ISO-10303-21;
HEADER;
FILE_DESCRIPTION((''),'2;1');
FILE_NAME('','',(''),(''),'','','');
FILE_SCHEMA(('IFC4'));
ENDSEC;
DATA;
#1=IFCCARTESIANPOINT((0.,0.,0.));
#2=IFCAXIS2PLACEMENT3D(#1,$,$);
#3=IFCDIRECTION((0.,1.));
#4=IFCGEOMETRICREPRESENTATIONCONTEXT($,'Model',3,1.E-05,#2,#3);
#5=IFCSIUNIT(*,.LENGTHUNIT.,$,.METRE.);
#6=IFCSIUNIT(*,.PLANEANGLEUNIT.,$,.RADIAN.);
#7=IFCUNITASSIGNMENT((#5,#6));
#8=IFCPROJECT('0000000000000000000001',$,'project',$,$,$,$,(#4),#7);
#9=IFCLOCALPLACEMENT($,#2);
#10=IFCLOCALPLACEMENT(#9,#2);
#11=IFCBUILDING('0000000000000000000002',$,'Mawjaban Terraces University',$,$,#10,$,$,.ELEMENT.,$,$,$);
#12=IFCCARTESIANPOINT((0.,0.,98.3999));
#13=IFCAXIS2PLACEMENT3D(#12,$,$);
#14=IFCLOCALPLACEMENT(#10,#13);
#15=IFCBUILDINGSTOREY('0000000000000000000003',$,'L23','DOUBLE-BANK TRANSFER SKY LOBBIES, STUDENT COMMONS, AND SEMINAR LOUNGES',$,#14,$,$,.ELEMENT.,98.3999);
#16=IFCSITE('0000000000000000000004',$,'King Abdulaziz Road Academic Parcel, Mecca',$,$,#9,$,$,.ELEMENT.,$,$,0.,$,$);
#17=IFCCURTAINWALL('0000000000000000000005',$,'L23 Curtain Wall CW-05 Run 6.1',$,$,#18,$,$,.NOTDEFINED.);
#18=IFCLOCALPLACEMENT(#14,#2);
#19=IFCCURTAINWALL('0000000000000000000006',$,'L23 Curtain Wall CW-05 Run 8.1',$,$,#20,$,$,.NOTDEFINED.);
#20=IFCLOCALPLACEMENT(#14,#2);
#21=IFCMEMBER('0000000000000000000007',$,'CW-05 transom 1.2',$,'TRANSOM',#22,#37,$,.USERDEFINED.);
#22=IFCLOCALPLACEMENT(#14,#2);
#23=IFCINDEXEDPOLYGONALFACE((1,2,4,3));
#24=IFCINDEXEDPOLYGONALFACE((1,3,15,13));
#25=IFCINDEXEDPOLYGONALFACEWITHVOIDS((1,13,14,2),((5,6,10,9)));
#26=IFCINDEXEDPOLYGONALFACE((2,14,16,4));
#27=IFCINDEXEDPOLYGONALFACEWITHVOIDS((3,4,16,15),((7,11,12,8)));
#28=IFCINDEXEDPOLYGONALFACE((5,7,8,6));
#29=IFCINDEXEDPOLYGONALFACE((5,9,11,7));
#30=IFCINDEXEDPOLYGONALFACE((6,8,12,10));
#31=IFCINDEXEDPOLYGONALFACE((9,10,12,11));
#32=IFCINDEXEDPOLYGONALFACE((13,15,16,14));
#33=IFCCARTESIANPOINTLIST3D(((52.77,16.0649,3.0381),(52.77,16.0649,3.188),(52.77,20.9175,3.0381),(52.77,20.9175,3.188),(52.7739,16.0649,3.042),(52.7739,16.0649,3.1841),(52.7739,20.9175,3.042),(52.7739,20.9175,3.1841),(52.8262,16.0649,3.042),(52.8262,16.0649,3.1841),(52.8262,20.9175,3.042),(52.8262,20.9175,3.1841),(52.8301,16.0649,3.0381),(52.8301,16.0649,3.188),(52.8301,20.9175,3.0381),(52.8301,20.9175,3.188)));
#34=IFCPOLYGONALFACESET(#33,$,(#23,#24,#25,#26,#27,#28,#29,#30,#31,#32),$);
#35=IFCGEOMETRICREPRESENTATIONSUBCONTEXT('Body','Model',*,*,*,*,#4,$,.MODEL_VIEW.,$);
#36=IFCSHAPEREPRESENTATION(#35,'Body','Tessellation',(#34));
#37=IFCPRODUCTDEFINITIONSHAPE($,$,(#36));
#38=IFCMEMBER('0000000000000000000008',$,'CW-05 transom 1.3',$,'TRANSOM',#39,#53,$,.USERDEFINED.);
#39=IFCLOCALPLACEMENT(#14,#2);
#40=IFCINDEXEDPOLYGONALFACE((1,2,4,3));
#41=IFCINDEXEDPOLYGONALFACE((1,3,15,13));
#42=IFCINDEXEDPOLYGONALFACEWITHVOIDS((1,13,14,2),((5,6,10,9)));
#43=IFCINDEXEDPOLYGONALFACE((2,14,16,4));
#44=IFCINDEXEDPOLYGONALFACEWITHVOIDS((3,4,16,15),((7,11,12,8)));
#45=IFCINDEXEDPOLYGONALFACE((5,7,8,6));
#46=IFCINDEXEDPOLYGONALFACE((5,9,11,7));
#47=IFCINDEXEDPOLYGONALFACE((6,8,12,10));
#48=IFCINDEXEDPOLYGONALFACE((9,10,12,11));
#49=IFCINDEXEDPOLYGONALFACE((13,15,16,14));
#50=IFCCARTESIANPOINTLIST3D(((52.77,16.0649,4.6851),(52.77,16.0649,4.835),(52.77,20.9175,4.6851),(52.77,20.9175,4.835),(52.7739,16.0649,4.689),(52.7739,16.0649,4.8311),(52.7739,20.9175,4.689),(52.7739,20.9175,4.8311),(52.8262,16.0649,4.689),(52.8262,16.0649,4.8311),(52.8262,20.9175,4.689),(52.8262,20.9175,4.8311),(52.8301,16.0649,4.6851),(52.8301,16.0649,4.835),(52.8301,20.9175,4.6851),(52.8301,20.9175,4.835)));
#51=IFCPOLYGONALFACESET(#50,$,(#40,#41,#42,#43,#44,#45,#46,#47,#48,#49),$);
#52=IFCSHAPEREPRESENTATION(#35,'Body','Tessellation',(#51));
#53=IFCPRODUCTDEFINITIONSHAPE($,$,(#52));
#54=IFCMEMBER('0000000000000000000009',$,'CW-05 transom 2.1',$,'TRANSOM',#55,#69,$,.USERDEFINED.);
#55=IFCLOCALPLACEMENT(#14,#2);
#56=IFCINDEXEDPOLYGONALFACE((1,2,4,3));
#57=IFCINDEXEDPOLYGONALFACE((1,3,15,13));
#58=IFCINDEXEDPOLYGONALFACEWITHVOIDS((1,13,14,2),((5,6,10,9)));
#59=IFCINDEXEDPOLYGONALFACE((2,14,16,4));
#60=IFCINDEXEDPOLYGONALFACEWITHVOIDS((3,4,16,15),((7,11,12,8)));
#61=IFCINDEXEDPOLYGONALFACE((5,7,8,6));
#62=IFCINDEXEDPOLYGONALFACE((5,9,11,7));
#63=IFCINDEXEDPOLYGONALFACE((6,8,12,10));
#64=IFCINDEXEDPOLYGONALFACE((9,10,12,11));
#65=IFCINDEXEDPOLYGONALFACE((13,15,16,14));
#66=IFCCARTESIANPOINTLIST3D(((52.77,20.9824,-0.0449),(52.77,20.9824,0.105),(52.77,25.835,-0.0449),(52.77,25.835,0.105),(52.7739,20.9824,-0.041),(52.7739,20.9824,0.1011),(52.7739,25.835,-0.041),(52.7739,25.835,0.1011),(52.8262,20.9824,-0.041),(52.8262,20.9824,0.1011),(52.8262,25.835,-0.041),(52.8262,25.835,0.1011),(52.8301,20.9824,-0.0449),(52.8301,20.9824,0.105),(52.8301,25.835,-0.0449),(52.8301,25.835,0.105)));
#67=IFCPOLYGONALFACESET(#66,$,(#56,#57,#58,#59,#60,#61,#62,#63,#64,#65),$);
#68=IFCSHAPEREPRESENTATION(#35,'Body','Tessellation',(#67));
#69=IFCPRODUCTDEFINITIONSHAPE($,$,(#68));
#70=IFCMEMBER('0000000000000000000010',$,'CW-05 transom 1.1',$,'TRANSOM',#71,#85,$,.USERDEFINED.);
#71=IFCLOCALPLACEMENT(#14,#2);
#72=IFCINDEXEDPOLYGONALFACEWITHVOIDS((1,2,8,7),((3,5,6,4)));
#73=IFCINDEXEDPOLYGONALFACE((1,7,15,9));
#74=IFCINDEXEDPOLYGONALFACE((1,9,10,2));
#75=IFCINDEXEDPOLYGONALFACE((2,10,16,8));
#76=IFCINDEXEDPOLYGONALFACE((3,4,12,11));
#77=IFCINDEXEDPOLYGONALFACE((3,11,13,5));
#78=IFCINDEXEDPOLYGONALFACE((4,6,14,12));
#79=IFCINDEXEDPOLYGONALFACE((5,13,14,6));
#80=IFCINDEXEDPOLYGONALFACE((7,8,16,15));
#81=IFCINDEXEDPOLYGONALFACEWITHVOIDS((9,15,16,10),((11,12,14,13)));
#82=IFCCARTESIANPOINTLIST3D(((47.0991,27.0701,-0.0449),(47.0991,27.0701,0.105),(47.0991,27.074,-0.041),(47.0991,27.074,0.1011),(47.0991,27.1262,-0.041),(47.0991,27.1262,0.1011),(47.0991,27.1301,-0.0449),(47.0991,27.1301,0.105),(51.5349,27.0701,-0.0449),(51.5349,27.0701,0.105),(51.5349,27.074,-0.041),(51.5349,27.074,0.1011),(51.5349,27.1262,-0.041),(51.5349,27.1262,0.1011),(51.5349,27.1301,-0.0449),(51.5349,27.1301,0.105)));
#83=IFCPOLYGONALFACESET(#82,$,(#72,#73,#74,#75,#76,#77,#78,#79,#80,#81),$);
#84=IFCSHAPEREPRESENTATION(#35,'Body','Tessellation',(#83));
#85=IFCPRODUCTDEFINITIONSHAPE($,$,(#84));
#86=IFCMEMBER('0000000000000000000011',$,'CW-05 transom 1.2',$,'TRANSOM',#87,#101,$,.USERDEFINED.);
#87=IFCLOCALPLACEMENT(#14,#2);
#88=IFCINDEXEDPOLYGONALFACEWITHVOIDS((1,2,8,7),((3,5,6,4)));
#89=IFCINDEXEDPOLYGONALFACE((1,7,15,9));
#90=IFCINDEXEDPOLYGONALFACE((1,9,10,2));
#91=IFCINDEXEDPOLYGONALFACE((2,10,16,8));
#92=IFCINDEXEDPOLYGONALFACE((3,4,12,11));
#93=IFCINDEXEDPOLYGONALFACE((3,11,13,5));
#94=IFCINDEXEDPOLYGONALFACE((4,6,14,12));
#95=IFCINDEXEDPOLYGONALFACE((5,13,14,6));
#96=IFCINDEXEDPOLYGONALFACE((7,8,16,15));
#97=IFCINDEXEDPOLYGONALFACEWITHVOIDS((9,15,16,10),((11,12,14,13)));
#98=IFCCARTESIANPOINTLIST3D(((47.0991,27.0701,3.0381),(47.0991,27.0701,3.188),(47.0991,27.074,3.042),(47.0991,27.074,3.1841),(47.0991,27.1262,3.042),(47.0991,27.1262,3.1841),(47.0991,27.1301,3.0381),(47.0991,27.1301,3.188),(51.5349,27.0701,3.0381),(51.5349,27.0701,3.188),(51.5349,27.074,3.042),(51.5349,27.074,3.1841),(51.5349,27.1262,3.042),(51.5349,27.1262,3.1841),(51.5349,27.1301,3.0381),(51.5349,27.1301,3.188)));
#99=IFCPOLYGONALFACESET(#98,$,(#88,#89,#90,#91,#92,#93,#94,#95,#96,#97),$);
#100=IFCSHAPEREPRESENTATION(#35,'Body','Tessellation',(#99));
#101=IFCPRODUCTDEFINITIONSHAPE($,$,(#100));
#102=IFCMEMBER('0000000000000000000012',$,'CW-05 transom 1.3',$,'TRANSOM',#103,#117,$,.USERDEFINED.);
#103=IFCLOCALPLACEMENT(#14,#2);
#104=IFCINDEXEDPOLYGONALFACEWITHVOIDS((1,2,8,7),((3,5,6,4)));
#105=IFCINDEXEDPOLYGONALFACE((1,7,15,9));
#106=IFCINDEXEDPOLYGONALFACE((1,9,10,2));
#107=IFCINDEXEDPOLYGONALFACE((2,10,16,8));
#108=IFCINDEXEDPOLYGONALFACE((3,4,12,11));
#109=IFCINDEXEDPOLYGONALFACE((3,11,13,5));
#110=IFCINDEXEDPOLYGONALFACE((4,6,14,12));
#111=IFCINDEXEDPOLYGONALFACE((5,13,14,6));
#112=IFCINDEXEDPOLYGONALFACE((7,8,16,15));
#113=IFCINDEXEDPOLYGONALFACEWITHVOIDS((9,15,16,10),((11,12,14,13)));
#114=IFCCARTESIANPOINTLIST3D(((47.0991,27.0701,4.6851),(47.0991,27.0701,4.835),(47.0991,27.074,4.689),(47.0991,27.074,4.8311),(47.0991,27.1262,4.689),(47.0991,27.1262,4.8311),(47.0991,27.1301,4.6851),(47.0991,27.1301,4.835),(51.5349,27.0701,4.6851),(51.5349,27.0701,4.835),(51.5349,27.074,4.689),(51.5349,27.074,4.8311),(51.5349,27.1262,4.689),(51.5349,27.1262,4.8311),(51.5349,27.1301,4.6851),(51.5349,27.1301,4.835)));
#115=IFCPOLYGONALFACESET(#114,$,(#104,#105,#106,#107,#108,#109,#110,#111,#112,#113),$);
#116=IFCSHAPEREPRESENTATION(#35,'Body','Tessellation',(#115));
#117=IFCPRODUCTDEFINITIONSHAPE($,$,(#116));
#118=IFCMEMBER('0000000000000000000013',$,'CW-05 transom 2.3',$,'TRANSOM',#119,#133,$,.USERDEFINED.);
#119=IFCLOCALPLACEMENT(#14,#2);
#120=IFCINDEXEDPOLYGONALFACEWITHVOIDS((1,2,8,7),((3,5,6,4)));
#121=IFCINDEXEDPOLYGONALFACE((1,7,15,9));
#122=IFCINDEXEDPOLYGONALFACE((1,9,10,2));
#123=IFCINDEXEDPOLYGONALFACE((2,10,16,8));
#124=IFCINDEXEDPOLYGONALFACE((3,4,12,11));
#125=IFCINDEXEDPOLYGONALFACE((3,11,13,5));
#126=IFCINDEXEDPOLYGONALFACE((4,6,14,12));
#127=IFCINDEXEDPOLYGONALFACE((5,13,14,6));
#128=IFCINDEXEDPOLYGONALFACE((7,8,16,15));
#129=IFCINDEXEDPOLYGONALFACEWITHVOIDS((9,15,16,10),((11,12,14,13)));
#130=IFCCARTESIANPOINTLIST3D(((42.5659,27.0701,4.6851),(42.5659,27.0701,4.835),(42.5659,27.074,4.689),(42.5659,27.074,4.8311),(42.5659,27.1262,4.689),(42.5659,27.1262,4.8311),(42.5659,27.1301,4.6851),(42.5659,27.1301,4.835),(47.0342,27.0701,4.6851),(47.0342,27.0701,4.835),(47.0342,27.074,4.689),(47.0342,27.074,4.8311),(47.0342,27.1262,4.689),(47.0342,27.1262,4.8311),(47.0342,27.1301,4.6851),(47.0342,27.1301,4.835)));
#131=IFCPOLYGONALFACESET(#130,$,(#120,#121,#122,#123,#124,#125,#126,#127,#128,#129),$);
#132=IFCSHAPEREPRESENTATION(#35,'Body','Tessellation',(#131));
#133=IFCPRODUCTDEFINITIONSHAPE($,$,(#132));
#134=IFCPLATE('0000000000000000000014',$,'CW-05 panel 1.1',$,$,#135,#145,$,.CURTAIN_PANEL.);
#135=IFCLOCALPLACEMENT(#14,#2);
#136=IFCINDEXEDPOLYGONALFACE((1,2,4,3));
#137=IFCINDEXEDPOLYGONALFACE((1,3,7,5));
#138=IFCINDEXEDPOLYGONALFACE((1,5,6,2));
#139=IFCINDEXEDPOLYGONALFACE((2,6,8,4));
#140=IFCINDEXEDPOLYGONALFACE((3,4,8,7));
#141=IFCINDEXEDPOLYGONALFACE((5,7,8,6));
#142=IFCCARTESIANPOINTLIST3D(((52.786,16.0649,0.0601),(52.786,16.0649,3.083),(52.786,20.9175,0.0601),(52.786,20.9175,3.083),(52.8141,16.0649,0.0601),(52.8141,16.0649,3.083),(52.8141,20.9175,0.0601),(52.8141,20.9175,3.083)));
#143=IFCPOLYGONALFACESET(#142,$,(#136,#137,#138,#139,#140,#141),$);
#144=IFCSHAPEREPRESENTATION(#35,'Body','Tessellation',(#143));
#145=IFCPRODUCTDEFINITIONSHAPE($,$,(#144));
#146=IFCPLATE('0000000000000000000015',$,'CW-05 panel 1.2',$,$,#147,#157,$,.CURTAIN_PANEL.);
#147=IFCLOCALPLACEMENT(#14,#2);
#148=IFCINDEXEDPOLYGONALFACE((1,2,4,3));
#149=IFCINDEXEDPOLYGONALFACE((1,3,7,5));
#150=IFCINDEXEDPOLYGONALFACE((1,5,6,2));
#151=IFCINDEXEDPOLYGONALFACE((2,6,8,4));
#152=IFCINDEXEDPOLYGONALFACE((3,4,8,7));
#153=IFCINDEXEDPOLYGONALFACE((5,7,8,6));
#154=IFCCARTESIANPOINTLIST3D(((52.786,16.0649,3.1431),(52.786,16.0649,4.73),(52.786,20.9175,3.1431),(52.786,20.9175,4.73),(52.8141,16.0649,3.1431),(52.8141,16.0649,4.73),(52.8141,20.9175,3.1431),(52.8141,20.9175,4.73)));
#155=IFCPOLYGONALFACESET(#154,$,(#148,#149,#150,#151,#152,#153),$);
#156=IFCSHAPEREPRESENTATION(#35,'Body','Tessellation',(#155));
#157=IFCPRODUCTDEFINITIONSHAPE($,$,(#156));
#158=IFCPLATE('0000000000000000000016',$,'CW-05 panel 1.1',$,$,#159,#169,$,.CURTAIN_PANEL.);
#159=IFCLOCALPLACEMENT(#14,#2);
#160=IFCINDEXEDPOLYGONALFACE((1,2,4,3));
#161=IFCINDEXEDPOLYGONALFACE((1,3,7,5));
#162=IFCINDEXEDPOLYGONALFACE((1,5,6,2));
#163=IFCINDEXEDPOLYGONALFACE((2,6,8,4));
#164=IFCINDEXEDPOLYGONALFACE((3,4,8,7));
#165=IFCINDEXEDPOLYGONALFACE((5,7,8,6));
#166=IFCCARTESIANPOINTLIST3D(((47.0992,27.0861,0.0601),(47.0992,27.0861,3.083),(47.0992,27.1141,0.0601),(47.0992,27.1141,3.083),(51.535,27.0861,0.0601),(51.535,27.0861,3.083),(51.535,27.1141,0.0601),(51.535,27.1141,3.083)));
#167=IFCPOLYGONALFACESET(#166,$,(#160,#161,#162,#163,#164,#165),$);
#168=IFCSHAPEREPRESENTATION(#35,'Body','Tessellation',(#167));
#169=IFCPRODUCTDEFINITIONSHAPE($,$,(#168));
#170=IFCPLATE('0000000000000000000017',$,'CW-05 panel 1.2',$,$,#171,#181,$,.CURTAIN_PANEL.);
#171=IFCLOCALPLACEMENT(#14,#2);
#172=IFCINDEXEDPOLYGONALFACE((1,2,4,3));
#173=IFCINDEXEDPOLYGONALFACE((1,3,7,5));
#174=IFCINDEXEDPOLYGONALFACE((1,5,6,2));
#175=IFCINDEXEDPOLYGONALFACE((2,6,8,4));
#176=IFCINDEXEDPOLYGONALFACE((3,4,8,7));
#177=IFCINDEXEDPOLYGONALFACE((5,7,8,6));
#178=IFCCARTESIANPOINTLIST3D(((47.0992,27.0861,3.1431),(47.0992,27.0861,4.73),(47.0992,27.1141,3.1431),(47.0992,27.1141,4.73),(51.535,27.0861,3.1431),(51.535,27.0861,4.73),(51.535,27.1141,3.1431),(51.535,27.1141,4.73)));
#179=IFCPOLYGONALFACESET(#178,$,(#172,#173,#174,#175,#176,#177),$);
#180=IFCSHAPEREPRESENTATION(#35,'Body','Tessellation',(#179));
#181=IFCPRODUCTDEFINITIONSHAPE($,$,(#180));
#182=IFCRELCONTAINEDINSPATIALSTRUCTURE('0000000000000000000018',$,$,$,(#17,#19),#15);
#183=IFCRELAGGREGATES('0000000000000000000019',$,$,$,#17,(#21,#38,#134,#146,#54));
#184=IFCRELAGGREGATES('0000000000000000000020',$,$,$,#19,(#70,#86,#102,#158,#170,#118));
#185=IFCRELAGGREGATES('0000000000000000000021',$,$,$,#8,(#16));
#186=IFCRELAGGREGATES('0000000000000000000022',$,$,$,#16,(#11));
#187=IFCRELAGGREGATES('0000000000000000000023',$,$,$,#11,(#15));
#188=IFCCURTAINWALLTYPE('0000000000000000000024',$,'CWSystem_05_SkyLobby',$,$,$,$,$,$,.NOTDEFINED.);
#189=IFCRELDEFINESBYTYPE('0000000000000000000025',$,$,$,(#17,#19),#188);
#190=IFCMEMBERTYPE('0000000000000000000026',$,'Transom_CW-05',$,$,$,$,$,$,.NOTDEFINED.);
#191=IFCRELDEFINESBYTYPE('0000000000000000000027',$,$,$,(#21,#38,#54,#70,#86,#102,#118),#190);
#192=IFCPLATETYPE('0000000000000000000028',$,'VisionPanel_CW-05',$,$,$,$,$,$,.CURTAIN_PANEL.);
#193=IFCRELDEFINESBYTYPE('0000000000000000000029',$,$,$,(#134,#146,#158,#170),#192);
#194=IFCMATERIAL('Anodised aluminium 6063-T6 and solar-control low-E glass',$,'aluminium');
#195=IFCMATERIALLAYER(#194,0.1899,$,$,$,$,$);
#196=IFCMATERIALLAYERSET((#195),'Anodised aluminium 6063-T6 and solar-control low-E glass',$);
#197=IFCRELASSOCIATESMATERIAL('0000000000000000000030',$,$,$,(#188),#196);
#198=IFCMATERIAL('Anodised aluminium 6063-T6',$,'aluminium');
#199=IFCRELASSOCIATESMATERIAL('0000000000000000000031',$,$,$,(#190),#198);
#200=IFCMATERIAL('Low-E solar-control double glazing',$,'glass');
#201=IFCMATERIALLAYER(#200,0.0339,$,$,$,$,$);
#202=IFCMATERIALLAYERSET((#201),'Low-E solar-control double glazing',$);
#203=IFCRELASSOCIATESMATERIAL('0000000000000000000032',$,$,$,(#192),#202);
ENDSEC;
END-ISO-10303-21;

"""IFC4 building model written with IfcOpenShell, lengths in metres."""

from ifc_helpers import new_model, si_unit, direction, frame, origin, origin_2d, place, context, subcontext, project, spatial, rectangle, hollow_rectangle, extrude, material, layer, layer_set, material_profile, profile_set, type_object, element, aggregate, save


model = new_model("IFC4")

# Units and contexts
model_context = context("Model", 3, precision=1e-05, world=origin(), true_north=direction((0.0, 1.0)))
body_context = subcontext(model_context, "Body", "Model", "MODEL_VIEW")
ifc_project = project(units=[si_unit("LENGTHUNIT", "METRE"), si_unit("PLANEANGLEUNIT", "RADIAN")], contexts=[model_context])

# Site, building, storey
site_placement = place(None, origin())
site = spatial("IfcSite", under=ifc_project, at=site_placement, Name="King Abdulaziz Road Academic Parcel, Mecca", CompositionType="ELEMENT", RefElevation=0.0)
building_placement = place(site_placement, origin())
building = spatial("IfcBuilding", under=site, at=building_placement, Name="Mawjaban Terraces University", CompositionType="ELEMENT")
storey_placement = place(building_placement, frame((0.0, 0.0, 98.3999)))
storey = spatial("IfcBuildingStorey", under=building, at=storey_placement, Name="L23", Description="DOUBLE-BANK TRANSFER SKY LOBBIES, STUDENT COMMONS, AND SEMINAR LOUNGES", CompositionType="ELEMENT", Elevation=98.3999)

# Curtain walls
ifc_material_1 = material(Name="Anodised aluminium 6063-T6 and solar-control low-E glass", Category="aluminium")
ifc_layer_1 = layer(ifc_material_1, 0.1899)
ifc_layer_set_1 = layer_set([ifc_layer_1], Name="Anodised aluminium 6063-T6 and solar-control low-E glass")
curtain_wall_type = type_object("IfcCurtainWallType", Name="CWSystem_05_SkyLobby", PredefinedType="NOTDEFINED", material=ifc_layer_set_1)
curtain_wall_1_placement = place(storey_placement, origin())
curtain_wall_1 = element("IfcCurtainWall", 1, at=curtain_wall_1_placement, inside=storey, type_object=curtain_wall_type, Name="L23 Curtain Wall CW-05 Run 6.1", PredefinedType="NOTDEFINED")
ifc_material_2 = material(Name="Anodised aluminium 6063-T6", Category="aluminium")
curtain_wall_2_placement = place(storey_placement, origin())
curtain_wall_2 = element("IfcCurtainWall", 2, at=curtain_wall_2_placement, inside=storey, type_object=curtain_wall_type, Name="L23 Curtain Wall CW-05 Run 8.1", PredefinedType="NOTDEFINED")

# Members
ifc_material_profile_1 = material_profile(ifc_material_2, hollow_rectangle(XDim=0.0601, YDim=0.1499, WallThickness=0.0039, at=origin_2d()), Name="ALU150X60X4")
ifc_profile_set_1 = profile_set([ifc_material_profile_1], Name="Anodised aluminium 6063-T6")
member_type_1 = type_object("IfcMemberType", Name="Transom_CW-05", PredefinedType="NOTDEFINED", material=ifc_profile_set_1)
member_1_placement = place(storey_placement, frame((52.8, 16.0649, 3.113), z_axis=(0.0, 1.0, 0.0), x_axis=(-1.0, 0.0, 0.0)))
member_1 = element("IfcMember", 3, at=member_1_placement, type_object=member_type_1, Name="CW-05 transom 1.2", ObjectType="TRANSOM", PredefinedType="USERDEFINED", context=body_context, shape_type="SweptSolid", body=[
    extrude(hollow_rectangle(XDim=0.0601, YDim=0.1499, WallThickness=0.0039, at=origin_2d()), origin(), (0.0, 0.0, 1.0), 4.8525),
])
member_2_placement = place(storey_placement, frame((52.8, 16.0649, 4.76), z_axis=(0.0, 1.0, 0.0), x_axis=(-1.0, 0.0, 0.0)))
member_2 = element("IfcMember", 4, at=member_2_placement, type_object=member_type_1, Name="CW-05 transom 1.3", ObjectType="TRANSOM", PredefinedType="USERDEFINED", context=body_context, shape_type="SweptSolid", body=[
    extrude(hollow_rectangle(XDim=0.0601, YDim=0.1499, WallThickness=0.0039, at=origin_2d()), origin(), (0.0, 0.0, 1.0), 4.8525),
])
member_3_placement = place(storey_placement, frame((52.8, 20.9824, 0.03), z_axis=(0.0, 1.0, 0.0), x_axis=(-1.0, 0.0, 0.0)))
member_3 = element("IfcMember", 5, at=member_3_placement, type_object=member_type_1, Name="CW-05 transom 2.1", ObjectType="TRANSOM", PredefinedType="USERDEFINED", context=body_context, shape_type="SweptSolid", body=[
    extrude(hollow_rectangle(XDim=0.0601, YDim=0.1499, WallThickness=0.0039, at=origin_2d()), origin(), (0.0, 0.0, 1.0), 4.8525),
])
member_4_placement = place(storey_placement, frame((51.5349, 27.1001, 0.03), z_axis=(-1.0, 0.0, 0.0), x_axis=(0.0, -1.0, 0.0)))
member_4 = element("IfcMember", 6, at=member_4_placement, type_object=member_type_1, Name="CW-05 transom 1.1", ObjectType="TRANSOM", PredefinedType="USERDEFINED", context=body_context, shape_type="SweptSolid", body=[
    extrude(hollow_rectangle(XDim=0.0601, YDim=0.1499, WallThickness=0.0039, at=origin_2d()), origin(), (0.0, 0.0, 1.0), 4.4358),
])
member_5_placement = place(storey_placement, frame((51.5349, 27.1001, 3.113), z_axis=(-1.0, 0.0, 0.0), x_axis=(0.0, -1.0, 0.0)))
member_5 = element("IfcMember", 7, at=member_5_placement, type_object=member_type_1, Name="CW-05 transom 1.2", ObjectType="TRANSOM", PredefinedType="USERDEFINED", context=body_context, shape_type="SweptSolid", body=[
    extrude(hollow_rectangle(XDim=0.0601, YDim=0.1499, WallThickness=0.0039, at=origin_2d()), origin(), (0.0, 0.0, 1.0), 4.4358),
])
member_6_placement = place(storey_placement, frame((51.5349, 27.1001, 4.76), z_axis=(-1.0, 0.0, 0.0), x_axis=(0.0, -1.0, 0.0)))
member_6 = element("IfcMember", 8, at=member_6_placement, type_object=member_type_1, Name="CW-05 transom 1.3", ObjectType="TRANSOM", PredefinedType="USERDEFINED", context=body_context, shape_type="SweptSolid", body=[
    extrude(hollow_rectangle(XDim=0.0601, YDim=0.1499, WallThickness=0.0039, at=origin_2d()), origin(), (0.0, 0.0, 1.0), 4.4358),
])
member_7_placement = place(storey_placement, frame((47.0342, 27.1001, 4.76), z_axis=(-1.0, 0.0, 0.0), x_axis=(0.0, -1.0, 0.0)))
member_7 = element("IfcMember", 9, at=member_7_placement, type_object=member_type_1, Name="CW-05 transom 2.3", ObjectType="TRANSOM", PredefinedType="USERDEFINED", context=body_context, shape_type="SweptSolid", body=[
    extrude(hollow_rectangle(XDim=0.0601, YDim=0.1499, WallThickness=0.0039, at=origin_2d()), origin(), (0.0, 0.0, 1.0), 4.4683),
])

# Plates
ifc_material_3 = material(Name="Low-E solar-control double glazing", Category="glass")
ifc_layer_2 = layer(ifc_material_3, 0.0339)
ifc_layer_set_2 = layer_set([ifc_layer_2], Name="Low-E solar-control double glazing")
plate_type = type_object("IfcPlateType", Name="VisionPanel_CW-05", PredefinedType="CURTAIN_PANEL", material=ifc_layer_set_2)
plate_1_placement = place(storey_placement, frame((52.8, 18.4912, 0.0601), z_axis=(0.0, 0.0, 1.0), x_axis=(0.0, 1.0, 0.0)))
plate_1 = element("IfcPlate", 10, at=plate_1_placement, type_object=plate_type, Name="CW-05 panel 1.1", PredefinedType="CURTAIN_PANEL", context=body_context, shape_type="SweptSolid", body=[
    extrude(rectangle(XDim=4.8525, YDim=0.0281, at=origin_2d()), origin(), (0.0, 0.0, 1.0), 3.0229),
])
plate_2_placement = place(storey_placement, frame((52.8, 18.4912, 3.1431), z_axis=(0.0, 0.0, 1.0), x_axis=(0.0, 1.0, 0.0)))
plate_2 = element("IfcPlate", 11, at=plate_2_placement, type_object=plate_type, Name="CW-05 panel 1.2", PredefinedType="CURTAIN_PANEL", context=body_context, shape_type="SweptSolid", body=[
    extrude(rectangle(XDim=4.8525, YDim=0.0281, at=origin_2d()), origin(), (0.0, 0.0, 1.0), 1.5869),
])
aggregate(curtain_wall_1, [member_1, member_2, plate_1, plate_2, member_3])
plate_3_placement = place(storey_placement, frame((49.3171, 27.1001, 0.0601), z_axis=(0.0, 0.0, 1.0), x_axis=(-1.0, 0.0, 0.0)))
plate_3 = element("IfcPlate", 12, at=plate_3_placement, type_object=plate_type, Name="CW-05 panel 1.1", PredefinedType="CURTAIN_PANEL", context=body_context, shape_type="SweptSolid", body=[
    extrude(rectangle(XDim=4.4358, YDim=0.0281, at=origin_2d()), origin(), (0.0, 0.0, 1.0), 3.0229),
])
plate_4_placement = place(storey_placement, frame((49.3171, 27.1001, 3.1431), z_axis=(0.0, 0.0, 1.0), x_axis=(-1.0, 0.0, 0.0)))
plate_4 = element("IfcPlate", 13, at=plate_4_placement, type_object=plate_type, Name="CW-05 panel 1.2", PredefinedType="CURTAIN_PANEL", context=body_context, shape_type="SweptSolid", body=[
    extrude(rectangle(XDim=4.4358, YDim=0.0281, at=origin_2d()), origin(), (0.0, 0.0, 1.0), 1.5869),
])
aggregate(curtain_wall_2, [member_4, member_5, member_6, plate_3, plate_4, member_7])

save(model, "model.ifc")
